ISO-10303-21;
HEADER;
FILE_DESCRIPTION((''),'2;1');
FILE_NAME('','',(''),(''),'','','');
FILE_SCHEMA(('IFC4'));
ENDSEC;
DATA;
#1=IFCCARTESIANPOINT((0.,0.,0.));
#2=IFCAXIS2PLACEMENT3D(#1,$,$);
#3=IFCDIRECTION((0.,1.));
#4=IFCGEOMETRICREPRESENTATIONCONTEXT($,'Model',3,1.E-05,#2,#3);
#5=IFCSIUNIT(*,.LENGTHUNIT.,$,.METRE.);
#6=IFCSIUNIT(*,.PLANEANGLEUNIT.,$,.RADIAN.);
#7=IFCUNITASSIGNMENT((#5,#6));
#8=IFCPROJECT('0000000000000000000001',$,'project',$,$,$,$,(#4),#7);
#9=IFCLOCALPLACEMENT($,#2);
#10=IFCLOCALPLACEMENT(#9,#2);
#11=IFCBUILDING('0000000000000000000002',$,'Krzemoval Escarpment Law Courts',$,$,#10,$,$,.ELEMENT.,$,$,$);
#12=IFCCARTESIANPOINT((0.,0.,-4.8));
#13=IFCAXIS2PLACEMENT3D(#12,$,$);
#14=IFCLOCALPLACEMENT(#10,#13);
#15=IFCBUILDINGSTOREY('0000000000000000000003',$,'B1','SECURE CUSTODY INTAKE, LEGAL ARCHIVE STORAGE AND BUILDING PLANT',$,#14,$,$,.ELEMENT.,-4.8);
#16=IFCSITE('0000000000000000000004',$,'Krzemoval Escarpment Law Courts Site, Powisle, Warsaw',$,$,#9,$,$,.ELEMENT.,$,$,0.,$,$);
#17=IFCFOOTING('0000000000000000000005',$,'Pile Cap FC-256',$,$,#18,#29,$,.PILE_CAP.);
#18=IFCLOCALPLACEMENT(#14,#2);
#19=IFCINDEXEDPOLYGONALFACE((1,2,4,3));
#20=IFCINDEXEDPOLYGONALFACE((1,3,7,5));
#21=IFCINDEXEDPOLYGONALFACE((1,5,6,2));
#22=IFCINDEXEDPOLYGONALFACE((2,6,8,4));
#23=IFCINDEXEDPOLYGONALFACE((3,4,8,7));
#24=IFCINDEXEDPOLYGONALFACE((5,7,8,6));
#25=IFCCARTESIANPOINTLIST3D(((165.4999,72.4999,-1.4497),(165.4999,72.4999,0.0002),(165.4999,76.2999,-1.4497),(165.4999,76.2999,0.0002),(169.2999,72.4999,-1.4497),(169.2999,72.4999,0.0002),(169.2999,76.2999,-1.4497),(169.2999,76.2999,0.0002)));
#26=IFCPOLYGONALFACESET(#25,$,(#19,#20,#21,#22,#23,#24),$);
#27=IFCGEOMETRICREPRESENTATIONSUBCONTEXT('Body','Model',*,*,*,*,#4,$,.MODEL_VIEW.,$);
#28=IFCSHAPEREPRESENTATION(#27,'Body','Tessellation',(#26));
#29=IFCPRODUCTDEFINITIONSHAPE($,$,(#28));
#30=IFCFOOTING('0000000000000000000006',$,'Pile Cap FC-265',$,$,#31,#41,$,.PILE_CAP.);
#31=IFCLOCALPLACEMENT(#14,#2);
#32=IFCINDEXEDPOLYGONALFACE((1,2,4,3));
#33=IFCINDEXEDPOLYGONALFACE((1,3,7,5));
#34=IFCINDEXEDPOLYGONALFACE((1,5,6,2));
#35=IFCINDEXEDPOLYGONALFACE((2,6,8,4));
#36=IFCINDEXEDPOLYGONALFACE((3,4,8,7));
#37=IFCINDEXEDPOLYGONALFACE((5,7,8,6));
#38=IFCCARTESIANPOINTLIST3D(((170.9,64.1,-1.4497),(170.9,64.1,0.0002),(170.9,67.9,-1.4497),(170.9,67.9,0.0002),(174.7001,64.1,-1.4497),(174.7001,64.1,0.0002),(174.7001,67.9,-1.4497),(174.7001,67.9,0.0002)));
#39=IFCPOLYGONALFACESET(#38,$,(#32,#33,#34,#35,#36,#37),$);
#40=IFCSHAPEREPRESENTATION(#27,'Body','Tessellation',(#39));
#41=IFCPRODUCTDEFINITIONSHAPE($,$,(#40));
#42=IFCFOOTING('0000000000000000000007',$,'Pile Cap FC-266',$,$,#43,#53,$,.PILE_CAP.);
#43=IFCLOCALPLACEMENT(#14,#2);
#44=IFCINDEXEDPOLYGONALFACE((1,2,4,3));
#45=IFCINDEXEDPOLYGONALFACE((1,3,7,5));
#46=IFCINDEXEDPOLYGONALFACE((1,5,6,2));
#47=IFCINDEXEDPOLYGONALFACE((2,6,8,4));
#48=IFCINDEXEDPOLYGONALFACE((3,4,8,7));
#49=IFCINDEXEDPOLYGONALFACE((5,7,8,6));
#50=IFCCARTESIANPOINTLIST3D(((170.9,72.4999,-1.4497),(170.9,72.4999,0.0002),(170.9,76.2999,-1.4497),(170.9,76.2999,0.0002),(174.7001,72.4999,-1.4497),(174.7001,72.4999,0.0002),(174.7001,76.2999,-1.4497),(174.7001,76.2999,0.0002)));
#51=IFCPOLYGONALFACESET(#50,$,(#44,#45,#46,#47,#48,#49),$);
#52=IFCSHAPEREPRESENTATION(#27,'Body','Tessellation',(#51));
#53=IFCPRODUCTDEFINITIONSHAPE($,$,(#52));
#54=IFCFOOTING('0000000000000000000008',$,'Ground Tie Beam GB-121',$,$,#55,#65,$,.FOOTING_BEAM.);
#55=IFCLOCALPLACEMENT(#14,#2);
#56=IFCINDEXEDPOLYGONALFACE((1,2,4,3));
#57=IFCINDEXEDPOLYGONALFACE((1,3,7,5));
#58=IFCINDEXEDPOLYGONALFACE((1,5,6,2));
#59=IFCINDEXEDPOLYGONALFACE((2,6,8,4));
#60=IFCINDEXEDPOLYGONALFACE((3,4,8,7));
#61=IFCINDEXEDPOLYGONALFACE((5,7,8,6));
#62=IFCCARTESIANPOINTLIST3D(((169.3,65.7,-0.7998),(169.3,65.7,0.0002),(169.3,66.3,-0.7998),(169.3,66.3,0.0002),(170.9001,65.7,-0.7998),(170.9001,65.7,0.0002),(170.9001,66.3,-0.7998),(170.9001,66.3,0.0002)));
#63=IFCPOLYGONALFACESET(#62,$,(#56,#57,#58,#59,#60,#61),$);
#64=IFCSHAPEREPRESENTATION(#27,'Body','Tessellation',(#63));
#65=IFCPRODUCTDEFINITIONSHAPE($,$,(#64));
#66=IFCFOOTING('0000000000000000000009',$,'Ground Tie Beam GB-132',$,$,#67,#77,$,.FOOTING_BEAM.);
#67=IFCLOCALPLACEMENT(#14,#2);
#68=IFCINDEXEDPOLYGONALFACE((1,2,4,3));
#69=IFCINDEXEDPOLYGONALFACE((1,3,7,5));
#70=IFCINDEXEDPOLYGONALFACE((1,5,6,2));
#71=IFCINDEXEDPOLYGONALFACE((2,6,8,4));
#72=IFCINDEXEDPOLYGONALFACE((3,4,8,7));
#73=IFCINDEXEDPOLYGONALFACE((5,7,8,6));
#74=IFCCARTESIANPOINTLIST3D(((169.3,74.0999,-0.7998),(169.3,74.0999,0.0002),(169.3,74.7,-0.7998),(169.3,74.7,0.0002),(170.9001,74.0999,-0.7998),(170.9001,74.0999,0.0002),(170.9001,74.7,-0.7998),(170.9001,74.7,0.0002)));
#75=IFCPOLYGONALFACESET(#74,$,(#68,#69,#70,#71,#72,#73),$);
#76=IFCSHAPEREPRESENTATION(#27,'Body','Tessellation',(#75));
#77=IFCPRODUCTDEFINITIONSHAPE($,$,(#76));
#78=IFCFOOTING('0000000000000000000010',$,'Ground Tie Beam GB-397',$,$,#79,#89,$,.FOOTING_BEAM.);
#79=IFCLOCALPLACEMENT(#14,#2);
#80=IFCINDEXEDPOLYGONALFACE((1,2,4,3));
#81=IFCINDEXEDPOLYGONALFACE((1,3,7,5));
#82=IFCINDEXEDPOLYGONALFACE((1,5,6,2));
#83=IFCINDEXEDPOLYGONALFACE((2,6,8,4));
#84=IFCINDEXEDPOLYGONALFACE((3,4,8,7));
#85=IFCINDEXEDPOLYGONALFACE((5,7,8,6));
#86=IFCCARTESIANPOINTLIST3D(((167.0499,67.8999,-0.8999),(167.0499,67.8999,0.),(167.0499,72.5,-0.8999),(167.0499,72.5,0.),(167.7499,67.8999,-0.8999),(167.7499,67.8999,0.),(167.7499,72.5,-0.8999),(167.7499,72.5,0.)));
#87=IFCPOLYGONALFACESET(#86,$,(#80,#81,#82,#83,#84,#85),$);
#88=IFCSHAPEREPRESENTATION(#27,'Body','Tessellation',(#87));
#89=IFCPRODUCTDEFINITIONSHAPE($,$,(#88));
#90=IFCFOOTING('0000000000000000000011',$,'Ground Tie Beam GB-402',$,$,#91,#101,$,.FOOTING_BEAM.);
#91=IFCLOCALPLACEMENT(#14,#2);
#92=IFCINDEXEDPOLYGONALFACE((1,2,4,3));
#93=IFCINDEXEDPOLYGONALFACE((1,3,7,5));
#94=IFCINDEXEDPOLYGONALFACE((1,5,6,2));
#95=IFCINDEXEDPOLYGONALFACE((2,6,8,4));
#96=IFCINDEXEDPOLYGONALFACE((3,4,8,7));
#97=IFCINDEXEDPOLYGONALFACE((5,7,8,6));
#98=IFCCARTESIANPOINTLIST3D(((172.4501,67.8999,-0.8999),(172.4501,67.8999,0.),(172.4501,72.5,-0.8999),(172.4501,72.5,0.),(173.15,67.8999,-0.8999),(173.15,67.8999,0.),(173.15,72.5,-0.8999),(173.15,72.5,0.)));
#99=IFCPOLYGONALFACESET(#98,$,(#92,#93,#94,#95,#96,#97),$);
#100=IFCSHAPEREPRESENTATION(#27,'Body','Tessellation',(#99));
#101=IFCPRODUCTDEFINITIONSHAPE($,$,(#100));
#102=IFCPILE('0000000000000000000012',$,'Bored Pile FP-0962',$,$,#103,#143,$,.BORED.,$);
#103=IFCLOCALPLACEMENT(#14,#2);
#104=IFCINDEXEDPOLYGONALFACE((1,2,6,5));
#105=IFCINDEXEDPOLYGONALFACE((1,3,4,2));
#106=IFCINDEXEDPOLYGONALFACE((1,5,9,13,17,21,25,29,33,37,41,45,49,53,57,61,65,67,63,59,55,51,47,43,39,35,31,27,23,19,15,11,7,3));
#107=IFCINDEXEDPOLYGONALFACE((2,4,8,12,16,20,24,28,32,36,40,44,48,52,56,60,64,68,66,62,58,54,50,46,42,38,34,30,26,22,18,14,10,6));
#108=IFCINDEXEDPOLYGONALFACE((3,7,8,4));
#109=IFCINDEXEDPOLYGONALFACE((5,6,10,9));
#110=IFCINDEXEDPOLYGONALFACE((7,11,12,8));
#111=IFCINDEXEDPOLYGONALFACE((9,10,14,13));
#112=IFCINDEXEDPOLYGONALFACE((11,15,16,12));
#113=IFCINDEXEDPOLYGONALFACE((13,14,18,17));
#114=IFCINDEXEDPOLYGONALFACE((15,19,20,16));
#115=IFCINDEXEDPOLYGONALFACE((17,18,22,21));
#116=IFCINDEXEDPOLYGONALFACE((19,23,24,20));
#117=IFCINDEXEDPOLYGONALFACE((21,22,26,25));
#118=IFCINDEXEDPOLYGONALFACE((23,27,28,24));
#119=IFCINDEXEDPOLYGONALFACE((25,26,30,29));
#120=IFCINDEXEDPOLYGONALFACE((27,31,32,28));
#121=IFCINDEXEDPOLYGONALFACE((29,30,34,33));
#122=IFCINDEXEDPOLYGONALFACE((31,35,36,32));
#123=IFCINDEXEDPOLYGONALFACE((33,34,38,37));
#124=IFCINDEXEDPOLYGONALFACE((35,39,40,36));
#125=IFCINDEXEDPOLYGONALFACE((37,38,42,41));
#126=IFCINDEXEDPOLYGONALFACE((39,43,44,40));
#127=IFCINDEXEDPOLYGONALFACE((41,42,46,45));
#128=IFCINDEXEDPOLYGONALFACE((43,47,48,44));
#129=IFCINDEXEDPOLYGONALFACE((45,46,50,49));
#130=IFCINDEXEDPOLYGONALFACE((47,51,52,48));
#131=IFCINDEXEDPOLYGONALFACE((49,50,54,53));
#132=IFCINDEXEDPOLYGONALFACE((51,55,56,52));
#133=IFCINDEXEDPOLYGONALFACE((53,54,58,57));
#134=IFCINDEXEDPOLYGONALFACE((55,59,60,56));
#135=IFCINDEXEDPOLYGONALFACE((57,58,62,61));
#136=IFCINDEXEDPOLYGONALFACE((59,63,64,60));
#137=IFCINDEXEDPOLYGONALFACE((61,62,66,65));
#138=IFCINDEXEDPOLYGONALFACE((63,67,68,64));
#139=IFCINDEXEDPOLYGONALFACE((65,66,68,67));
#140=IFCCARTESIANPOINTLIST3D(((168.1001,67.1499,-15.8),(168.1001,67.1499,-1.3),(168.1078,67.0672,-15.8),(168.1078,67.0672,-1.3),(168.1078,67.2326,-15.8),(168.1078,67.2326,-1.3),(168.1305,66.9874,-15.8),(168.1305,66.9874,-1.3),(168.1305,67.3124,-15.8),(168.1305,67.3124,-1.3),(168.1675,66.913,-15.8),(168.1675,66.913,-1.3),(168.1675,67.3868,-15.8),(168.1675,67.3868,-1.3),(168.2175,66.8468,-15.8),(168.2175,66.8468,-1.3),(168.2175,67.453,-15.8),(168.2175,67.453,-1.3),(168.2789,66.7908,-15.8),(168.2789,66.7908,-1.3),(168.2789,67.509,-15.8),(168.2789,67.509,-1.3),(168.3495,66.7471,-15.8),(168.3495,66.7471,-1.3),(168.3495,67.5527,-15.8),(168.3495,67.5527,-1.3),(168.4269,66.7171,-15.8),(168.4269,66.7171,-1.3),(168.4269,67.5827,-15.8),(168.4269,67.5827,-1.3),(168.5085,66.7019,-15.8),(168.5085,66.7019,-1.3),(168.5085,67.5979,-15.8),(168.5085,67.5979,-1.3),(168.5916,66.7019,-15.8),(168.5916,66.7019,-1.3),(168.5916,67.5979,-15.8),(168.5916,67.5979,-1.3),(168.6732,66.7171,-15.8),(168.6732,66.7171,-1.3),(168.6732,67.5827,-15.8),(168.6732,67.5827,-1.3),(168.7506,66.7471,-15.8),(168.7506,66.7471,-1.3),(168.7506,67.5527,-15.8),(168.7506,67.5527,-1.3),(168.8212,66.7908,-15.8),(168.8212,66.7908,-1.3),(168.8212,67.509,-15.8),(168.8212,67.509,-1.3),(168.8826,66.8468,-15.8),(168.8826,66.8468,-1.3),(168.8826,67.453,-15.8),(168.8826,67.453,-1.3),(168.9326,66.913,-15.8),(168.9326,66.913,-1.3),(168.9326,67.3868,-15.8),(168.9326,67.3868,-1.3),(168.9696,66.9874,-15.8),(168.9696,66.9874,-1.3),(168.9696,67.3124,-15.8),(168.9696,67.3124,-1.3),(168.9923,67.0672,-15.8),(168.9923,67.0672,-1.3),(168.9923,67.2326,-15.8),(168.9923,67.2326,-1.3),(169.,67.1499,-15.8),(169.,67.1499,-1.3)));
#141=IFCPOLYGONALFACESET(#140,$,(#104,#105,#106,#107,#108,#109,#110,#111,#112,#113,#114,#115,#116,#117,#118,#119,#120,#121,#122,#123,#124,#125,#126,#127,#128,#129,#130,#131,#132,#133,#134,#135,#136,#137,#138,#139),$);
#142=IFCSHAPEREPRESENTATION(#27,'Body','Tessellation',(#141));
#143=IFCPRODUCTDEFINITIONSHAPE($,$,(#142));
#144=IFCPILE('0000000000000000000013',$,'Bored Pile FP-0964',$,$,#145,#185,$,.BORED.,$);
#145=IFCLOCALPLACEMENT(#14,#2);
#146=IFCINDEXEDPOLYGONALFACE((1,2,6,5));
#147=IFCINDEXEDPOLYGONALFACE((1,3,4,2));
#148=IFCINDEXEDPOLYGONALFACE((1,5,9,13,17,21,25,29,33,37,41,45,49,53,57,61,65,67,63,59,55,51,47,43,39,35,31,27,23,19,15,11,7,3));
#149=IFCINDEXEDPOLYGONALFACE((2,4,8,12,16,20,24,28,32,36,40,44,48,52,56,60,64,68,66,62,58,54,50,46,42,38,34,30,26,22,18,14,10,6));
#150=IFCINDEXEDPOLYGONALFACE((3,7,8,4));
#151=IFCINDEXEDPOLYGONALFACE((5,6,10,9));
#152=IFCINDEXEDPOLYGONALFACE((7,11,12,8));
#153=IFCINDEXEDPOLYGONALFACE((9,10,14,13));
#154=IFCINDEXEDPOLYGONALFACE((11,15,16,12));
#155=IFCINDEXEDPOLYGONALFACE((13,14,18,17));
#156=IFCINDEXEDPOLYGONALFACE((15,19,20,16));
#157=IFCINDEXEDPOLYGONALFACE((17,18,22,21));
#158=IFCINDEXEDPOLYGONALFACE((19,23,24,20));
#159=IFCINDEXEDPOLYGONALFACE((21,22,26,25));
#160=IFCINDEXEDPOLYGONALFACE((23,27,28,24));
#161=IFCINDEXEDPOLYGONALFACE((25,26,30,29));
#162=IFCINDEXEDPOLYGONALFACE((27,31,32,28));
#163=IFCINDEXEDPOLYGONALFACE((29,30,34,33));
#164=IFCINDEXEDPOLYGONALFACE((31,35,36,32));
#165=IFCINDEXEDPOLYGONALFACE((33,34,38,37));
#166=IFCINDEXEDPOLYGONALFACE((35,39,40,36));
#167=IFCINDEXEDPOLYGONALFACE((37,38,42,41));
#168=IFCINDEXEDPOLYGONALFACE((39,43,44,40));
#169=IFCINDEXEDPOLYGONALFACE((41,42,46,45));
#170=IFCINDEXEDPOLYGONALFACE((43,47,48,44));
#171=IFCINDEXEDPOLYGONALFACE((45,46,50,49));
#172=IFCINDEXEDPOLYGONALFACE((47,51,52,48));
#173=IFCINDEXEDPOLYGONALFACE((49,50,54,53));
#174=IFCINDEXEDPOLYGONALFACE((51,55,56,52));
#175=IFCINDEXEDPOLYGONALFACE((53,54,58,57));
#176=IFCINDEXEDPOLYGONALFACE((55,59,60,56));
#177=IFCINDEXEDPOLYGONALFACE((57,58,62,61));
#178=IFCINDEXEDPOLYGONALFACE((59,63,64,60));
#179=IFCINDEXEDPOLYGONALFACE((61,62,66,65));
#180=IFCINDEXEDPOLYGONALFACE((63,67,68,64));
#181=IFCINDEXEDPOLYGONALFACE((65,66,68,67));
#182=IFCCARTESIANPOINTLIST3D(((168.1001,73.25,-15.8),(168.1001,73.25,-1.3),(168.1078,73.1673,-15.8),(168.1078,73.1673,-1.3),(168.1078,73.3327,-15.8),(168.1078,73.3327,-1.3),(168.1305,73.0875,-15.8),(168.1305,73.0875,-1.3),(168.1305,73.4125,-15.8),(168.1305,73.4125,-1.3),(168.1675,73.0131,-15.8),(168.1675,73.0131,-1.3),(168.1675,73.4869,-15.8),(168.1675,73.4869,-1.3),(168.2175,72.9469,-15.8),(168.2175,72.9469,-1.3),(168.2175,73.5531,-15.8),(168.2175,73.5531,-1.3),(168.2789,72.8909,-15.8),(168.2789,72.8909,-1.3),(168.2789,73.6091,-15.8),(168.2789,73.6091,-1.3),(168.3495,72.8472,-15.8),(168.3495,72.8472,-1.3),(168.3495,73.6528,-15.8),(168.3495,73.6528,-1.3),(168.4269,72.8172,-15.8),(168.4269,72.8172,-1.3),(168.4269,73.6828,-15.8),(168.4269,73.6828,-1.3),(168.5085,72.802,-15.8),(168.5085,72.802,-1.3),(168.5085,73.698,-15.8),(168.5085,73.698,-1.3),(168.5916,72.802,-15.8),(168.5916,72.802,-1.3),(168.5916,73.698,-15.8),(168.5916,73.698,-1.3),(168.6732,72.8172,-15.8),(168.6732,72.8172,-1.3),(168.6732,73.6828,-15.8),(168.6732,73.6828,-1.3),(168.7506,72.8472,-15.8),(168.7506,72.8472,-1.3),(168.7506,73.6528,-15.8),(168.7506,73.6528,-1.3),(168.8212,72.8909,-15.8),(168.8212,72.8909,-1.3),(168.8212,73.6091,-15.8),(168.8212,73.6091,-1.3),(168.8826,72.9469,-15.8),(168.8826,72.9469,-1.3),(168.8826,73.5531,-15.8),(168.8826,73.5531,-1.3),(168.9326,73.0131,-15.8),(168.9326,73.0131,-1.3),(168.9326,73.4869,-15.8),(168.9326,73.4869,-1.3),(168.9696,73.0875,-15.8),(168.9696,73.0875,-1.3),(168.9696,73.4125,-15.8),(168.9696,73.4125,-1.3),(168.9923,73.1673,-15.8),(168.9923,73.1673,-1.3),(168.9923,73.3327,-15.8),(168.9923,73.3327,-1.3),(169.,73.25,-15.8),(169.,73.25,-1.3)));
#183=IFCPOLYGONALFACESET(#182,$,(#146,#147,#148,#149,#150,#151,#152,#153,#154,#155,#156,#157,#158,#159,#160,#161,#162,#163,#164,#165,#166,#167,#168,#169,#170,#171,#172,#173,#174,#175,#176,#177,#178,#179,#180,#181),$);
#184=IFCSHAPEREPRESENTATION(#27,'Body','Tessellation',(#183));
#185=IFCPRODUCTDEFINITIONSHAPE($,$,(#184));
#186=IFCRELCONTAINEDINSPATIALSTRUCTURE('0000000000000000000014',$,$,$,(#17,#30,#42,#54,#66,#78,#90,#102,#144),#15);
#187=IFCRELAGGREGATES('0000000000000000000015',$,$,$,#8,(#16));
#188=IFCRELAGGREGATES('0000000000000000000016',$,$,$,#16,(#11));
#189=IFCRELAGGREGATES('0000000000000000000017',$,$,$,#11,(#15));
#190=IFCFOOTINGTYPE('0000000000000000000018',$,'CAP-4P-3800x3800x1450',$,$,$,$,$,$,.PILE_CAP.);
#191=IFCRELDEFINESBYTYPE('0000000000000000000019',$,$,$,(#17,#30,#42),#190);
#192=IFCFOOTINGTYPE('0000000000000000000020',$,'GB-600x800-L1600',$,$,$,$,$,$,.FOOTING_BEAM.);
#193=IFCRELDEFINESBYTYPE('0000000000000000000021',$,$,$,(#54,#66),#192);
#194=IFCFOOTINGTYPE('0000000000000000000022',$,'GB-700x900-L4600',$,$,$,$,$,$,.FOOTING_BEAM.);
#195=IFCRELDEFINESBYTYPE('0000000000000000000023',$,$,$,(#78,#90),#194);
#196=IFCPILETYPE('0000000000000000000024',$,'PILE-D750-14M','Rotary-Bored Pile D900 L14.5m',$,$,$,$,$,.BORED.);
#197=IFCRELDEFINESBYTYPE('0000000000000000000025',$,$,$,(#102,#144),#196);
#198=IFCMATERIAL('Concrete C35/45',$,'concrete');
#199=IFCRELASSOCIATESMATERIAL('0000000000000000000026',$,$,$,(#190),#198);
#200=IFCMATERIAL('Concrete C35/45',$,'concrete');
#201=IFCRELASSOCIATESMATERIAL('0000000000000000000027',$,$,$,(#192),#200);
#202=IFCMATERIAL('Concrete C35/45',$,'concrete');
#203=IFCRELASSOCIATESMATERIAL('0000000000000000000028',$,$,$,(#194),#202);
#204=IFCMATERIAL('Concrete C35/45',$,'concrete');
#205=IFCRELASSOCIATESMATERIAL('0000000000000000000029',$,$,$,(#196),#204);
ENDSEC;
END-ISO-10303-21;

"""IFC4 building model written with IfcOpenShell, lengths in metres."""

from ifc_helpers import new_model, si_unit, direction, frame, origin, origin_2d, place, context, subcontext, project, spatial, rectangle, circle, extrude, material, material_profile, profile_set, type_object, element, save


model = new_model("IFC4")

# Units and contexts
model_context = context("Model", 3, precision=1e-05, world=origin(), true_north=direction((0.0, 1.0)))
body_context = subcontext(model_context, "Body", "Model", "MODEL_VIEW")
ifc_project = project(units=[si_unit("LENGTHUNIT", "METRE"), si_unit("PLANEANGLEUNIT", "RADIAN")], contexts=[model_context])

# Site, building, storey
site_placement = place(None, origin())
site = spatial("IfcSite", under=ifc_project, at=site_placement, Name="Krzemoval Escarpment Law Courts Site, Powisle, Warsaw", CompositionType="ELEMENT", RefElevation=0.0)
building_placement = place(site_placement, origin())
building = spatial("IfcBuilding", under=site, at=building_placement, Name="Krzemoval Escarpment Law Courts", CompositionType="ELEMENT")
storey_placement = place(building_placement, frame((0.0, 0.0, -4.8)))
storey = spatial("IfcBuildingStorey", under=building, at=storey_placement, Name="B1", Description="SECURE CUSTODY INTAKE, LEGAL ARCHIVE STORAGE AND BUILDING PLANT", CompositionType="ELEMENT", Elevation=-4.8)

# Footings
ifc_material_1 = material(Name="Concrete C35/45", Category="concrete")
footing_type_1 = type_object("IfcFootingType", Name="CAP-4P-3800x3800x1450", PredefinedType="PILE_CAP", material=ifc_material_1)
for number, where, z_axis, x_axis, name in (
    (1, (167.3999, 74.3999, -1.4497), (0.0, 0.0, 1.0), (1.0, 0.0, 0.0), "Pile Cap FC-256"),
    (2, (172.8, 66.0, -1.4497), (0.0, 0.0, 1.0), (1.0, 0.0, 0.0), "Pile Cap FC-265"),
    (3, (172.8, 74.3999, -1.4497), (0.0, 0.0, 1.0), (1.0, 0.0, 0.0), "Pile Cap FC-266"),
):
    element("IfcFooting", number, at=place(storey_placement, frame(where, z_axis=z_axis, x_axis=x_axis)), inside=storey, type_object=footing_type_1, Name=name, PredefinedType="PILE_CAP", context=body_context, shape_type="SweptSolid", body=[
        extrude(rectangle(XDim=3.8, YDim=3.8, at=origin_2d()), origin(), (0.0, 0.0, 1.0), 1.45),
    ])
ifc_material_2 = material(Name="Concrete C35/45", Category="concrete")
footing_type_2 = type_object("IfcFootingType", Name="GB-600x800-L1600", PredefinedType="FOOTING_BEAM", material=ifc_material_2)
for number, where, z_axis, x_axis, name in (
    (4, (170.1001, 66.0, -0.7998), (0.0, 0.0, 1.0), (1.0, 0.0, 0.0), "Ground Tie Beam GB-121"),
    (5, (170.1001, 74.3999, -0.7998), (0.0, 0.0, 1.0), (1.0, 0.0, 0.0), "Ground Tie Beam GB-132"),
):
    element("IfcFooting", number, at=place(storey_placement, frame(where, z_axis=z_axis, x_axis=x_axis)), inside=storey, type_object=footing_type_2, Name=name, PredefinedType="FOOTING_BEAM", context=body_context, shape_type="SweptSolid", body=[
        extrude(rectangle(XDim=1.6001, YDim=0.6001, at=origin_2d()), origin(), (0.0, 0.0, 1.0), 0.8),
    ])
ifc_material_3 = material(Name="Concrete C35/45", Category="concrete")
footing_type_3 = type_object("IfcFootingType", Name="GB-700x900-L4600", PredefinedType="FOOTING_BEAM", material=ifc_material_3)
for number, where, z_axis, x_axis, name in (
    (6, (167.3999, 70.2, -0.8999), (0.0, 0.0, 1.0), (0.0, 1.0, 0.0), "Ground Tie Beam GB-397"),
    (7, (172.8, 70.2, -0.8999), (0.0, 0.0, 1.0), (0.0, 1.0, 0.0), "Ground Tie Beam GB-402"),
):
    element("IfcFooting", number, at=place(storey_placement, frame(where, z_axis=z_axis, x_axis=x_axis)), inside=storey, type_object=footing_type_3, Name=name, PredefinedType="FOOTING_BEAM", context=body_context, shape_type="SweptSolid", body=[
        extrude(rectangle(XDim=4.6001, YDim=0.7, at=origin_2d()), origin(), (0.0, 0.0, 1.0), 0.8999),
    ])

# Piles
ifc_material_4 = material(Name="Concrete C35/45", Category="concrete")
ifc_material_profile_1 = material_profile(ifc_material_4, circle(Radius=0.45, at=origin_2d()), Name="PILE D900")
ifc_profile_set_1 = profile_set([ifc_material_profile_1], Name="Concrete C35/45")
pile_type = type_object("IfcPileType", Name="PILE-D750-14M", Description="Rotary-Bored Pile D900 L14.5m", PredefinedType="BORED", material=ifc_profile_set_1)
for number, where, z_axis, x_axis, name in (
    (8, (168.55, 67.1499, -1.3), (0.0, 0.0, -1.0), (1.0, 0.0, 0.0), "Bored Pile FP-0962"),
    (9, (168.55, 73.25, -1.3), (0.0, 0.0, -1.0), (1.0, 0.0, 0.0), "Bored Pile FP-0964"),
):
    element("IfcPile", number, at=place(storey_placement, frame(where, z_axis=z_axis, x_axis=x_axis)), inside=storey, type_object=pile_type, Name=name, PredefinedType="BORED", context=body_context, shape_type="SweptSolid", body=[
        extrude(circle(Radius=0.45, at=origin_2d()), origin(), (0.0, 0.0, 1.0), 14.5),
    ])

save(model, "model.ifc")
